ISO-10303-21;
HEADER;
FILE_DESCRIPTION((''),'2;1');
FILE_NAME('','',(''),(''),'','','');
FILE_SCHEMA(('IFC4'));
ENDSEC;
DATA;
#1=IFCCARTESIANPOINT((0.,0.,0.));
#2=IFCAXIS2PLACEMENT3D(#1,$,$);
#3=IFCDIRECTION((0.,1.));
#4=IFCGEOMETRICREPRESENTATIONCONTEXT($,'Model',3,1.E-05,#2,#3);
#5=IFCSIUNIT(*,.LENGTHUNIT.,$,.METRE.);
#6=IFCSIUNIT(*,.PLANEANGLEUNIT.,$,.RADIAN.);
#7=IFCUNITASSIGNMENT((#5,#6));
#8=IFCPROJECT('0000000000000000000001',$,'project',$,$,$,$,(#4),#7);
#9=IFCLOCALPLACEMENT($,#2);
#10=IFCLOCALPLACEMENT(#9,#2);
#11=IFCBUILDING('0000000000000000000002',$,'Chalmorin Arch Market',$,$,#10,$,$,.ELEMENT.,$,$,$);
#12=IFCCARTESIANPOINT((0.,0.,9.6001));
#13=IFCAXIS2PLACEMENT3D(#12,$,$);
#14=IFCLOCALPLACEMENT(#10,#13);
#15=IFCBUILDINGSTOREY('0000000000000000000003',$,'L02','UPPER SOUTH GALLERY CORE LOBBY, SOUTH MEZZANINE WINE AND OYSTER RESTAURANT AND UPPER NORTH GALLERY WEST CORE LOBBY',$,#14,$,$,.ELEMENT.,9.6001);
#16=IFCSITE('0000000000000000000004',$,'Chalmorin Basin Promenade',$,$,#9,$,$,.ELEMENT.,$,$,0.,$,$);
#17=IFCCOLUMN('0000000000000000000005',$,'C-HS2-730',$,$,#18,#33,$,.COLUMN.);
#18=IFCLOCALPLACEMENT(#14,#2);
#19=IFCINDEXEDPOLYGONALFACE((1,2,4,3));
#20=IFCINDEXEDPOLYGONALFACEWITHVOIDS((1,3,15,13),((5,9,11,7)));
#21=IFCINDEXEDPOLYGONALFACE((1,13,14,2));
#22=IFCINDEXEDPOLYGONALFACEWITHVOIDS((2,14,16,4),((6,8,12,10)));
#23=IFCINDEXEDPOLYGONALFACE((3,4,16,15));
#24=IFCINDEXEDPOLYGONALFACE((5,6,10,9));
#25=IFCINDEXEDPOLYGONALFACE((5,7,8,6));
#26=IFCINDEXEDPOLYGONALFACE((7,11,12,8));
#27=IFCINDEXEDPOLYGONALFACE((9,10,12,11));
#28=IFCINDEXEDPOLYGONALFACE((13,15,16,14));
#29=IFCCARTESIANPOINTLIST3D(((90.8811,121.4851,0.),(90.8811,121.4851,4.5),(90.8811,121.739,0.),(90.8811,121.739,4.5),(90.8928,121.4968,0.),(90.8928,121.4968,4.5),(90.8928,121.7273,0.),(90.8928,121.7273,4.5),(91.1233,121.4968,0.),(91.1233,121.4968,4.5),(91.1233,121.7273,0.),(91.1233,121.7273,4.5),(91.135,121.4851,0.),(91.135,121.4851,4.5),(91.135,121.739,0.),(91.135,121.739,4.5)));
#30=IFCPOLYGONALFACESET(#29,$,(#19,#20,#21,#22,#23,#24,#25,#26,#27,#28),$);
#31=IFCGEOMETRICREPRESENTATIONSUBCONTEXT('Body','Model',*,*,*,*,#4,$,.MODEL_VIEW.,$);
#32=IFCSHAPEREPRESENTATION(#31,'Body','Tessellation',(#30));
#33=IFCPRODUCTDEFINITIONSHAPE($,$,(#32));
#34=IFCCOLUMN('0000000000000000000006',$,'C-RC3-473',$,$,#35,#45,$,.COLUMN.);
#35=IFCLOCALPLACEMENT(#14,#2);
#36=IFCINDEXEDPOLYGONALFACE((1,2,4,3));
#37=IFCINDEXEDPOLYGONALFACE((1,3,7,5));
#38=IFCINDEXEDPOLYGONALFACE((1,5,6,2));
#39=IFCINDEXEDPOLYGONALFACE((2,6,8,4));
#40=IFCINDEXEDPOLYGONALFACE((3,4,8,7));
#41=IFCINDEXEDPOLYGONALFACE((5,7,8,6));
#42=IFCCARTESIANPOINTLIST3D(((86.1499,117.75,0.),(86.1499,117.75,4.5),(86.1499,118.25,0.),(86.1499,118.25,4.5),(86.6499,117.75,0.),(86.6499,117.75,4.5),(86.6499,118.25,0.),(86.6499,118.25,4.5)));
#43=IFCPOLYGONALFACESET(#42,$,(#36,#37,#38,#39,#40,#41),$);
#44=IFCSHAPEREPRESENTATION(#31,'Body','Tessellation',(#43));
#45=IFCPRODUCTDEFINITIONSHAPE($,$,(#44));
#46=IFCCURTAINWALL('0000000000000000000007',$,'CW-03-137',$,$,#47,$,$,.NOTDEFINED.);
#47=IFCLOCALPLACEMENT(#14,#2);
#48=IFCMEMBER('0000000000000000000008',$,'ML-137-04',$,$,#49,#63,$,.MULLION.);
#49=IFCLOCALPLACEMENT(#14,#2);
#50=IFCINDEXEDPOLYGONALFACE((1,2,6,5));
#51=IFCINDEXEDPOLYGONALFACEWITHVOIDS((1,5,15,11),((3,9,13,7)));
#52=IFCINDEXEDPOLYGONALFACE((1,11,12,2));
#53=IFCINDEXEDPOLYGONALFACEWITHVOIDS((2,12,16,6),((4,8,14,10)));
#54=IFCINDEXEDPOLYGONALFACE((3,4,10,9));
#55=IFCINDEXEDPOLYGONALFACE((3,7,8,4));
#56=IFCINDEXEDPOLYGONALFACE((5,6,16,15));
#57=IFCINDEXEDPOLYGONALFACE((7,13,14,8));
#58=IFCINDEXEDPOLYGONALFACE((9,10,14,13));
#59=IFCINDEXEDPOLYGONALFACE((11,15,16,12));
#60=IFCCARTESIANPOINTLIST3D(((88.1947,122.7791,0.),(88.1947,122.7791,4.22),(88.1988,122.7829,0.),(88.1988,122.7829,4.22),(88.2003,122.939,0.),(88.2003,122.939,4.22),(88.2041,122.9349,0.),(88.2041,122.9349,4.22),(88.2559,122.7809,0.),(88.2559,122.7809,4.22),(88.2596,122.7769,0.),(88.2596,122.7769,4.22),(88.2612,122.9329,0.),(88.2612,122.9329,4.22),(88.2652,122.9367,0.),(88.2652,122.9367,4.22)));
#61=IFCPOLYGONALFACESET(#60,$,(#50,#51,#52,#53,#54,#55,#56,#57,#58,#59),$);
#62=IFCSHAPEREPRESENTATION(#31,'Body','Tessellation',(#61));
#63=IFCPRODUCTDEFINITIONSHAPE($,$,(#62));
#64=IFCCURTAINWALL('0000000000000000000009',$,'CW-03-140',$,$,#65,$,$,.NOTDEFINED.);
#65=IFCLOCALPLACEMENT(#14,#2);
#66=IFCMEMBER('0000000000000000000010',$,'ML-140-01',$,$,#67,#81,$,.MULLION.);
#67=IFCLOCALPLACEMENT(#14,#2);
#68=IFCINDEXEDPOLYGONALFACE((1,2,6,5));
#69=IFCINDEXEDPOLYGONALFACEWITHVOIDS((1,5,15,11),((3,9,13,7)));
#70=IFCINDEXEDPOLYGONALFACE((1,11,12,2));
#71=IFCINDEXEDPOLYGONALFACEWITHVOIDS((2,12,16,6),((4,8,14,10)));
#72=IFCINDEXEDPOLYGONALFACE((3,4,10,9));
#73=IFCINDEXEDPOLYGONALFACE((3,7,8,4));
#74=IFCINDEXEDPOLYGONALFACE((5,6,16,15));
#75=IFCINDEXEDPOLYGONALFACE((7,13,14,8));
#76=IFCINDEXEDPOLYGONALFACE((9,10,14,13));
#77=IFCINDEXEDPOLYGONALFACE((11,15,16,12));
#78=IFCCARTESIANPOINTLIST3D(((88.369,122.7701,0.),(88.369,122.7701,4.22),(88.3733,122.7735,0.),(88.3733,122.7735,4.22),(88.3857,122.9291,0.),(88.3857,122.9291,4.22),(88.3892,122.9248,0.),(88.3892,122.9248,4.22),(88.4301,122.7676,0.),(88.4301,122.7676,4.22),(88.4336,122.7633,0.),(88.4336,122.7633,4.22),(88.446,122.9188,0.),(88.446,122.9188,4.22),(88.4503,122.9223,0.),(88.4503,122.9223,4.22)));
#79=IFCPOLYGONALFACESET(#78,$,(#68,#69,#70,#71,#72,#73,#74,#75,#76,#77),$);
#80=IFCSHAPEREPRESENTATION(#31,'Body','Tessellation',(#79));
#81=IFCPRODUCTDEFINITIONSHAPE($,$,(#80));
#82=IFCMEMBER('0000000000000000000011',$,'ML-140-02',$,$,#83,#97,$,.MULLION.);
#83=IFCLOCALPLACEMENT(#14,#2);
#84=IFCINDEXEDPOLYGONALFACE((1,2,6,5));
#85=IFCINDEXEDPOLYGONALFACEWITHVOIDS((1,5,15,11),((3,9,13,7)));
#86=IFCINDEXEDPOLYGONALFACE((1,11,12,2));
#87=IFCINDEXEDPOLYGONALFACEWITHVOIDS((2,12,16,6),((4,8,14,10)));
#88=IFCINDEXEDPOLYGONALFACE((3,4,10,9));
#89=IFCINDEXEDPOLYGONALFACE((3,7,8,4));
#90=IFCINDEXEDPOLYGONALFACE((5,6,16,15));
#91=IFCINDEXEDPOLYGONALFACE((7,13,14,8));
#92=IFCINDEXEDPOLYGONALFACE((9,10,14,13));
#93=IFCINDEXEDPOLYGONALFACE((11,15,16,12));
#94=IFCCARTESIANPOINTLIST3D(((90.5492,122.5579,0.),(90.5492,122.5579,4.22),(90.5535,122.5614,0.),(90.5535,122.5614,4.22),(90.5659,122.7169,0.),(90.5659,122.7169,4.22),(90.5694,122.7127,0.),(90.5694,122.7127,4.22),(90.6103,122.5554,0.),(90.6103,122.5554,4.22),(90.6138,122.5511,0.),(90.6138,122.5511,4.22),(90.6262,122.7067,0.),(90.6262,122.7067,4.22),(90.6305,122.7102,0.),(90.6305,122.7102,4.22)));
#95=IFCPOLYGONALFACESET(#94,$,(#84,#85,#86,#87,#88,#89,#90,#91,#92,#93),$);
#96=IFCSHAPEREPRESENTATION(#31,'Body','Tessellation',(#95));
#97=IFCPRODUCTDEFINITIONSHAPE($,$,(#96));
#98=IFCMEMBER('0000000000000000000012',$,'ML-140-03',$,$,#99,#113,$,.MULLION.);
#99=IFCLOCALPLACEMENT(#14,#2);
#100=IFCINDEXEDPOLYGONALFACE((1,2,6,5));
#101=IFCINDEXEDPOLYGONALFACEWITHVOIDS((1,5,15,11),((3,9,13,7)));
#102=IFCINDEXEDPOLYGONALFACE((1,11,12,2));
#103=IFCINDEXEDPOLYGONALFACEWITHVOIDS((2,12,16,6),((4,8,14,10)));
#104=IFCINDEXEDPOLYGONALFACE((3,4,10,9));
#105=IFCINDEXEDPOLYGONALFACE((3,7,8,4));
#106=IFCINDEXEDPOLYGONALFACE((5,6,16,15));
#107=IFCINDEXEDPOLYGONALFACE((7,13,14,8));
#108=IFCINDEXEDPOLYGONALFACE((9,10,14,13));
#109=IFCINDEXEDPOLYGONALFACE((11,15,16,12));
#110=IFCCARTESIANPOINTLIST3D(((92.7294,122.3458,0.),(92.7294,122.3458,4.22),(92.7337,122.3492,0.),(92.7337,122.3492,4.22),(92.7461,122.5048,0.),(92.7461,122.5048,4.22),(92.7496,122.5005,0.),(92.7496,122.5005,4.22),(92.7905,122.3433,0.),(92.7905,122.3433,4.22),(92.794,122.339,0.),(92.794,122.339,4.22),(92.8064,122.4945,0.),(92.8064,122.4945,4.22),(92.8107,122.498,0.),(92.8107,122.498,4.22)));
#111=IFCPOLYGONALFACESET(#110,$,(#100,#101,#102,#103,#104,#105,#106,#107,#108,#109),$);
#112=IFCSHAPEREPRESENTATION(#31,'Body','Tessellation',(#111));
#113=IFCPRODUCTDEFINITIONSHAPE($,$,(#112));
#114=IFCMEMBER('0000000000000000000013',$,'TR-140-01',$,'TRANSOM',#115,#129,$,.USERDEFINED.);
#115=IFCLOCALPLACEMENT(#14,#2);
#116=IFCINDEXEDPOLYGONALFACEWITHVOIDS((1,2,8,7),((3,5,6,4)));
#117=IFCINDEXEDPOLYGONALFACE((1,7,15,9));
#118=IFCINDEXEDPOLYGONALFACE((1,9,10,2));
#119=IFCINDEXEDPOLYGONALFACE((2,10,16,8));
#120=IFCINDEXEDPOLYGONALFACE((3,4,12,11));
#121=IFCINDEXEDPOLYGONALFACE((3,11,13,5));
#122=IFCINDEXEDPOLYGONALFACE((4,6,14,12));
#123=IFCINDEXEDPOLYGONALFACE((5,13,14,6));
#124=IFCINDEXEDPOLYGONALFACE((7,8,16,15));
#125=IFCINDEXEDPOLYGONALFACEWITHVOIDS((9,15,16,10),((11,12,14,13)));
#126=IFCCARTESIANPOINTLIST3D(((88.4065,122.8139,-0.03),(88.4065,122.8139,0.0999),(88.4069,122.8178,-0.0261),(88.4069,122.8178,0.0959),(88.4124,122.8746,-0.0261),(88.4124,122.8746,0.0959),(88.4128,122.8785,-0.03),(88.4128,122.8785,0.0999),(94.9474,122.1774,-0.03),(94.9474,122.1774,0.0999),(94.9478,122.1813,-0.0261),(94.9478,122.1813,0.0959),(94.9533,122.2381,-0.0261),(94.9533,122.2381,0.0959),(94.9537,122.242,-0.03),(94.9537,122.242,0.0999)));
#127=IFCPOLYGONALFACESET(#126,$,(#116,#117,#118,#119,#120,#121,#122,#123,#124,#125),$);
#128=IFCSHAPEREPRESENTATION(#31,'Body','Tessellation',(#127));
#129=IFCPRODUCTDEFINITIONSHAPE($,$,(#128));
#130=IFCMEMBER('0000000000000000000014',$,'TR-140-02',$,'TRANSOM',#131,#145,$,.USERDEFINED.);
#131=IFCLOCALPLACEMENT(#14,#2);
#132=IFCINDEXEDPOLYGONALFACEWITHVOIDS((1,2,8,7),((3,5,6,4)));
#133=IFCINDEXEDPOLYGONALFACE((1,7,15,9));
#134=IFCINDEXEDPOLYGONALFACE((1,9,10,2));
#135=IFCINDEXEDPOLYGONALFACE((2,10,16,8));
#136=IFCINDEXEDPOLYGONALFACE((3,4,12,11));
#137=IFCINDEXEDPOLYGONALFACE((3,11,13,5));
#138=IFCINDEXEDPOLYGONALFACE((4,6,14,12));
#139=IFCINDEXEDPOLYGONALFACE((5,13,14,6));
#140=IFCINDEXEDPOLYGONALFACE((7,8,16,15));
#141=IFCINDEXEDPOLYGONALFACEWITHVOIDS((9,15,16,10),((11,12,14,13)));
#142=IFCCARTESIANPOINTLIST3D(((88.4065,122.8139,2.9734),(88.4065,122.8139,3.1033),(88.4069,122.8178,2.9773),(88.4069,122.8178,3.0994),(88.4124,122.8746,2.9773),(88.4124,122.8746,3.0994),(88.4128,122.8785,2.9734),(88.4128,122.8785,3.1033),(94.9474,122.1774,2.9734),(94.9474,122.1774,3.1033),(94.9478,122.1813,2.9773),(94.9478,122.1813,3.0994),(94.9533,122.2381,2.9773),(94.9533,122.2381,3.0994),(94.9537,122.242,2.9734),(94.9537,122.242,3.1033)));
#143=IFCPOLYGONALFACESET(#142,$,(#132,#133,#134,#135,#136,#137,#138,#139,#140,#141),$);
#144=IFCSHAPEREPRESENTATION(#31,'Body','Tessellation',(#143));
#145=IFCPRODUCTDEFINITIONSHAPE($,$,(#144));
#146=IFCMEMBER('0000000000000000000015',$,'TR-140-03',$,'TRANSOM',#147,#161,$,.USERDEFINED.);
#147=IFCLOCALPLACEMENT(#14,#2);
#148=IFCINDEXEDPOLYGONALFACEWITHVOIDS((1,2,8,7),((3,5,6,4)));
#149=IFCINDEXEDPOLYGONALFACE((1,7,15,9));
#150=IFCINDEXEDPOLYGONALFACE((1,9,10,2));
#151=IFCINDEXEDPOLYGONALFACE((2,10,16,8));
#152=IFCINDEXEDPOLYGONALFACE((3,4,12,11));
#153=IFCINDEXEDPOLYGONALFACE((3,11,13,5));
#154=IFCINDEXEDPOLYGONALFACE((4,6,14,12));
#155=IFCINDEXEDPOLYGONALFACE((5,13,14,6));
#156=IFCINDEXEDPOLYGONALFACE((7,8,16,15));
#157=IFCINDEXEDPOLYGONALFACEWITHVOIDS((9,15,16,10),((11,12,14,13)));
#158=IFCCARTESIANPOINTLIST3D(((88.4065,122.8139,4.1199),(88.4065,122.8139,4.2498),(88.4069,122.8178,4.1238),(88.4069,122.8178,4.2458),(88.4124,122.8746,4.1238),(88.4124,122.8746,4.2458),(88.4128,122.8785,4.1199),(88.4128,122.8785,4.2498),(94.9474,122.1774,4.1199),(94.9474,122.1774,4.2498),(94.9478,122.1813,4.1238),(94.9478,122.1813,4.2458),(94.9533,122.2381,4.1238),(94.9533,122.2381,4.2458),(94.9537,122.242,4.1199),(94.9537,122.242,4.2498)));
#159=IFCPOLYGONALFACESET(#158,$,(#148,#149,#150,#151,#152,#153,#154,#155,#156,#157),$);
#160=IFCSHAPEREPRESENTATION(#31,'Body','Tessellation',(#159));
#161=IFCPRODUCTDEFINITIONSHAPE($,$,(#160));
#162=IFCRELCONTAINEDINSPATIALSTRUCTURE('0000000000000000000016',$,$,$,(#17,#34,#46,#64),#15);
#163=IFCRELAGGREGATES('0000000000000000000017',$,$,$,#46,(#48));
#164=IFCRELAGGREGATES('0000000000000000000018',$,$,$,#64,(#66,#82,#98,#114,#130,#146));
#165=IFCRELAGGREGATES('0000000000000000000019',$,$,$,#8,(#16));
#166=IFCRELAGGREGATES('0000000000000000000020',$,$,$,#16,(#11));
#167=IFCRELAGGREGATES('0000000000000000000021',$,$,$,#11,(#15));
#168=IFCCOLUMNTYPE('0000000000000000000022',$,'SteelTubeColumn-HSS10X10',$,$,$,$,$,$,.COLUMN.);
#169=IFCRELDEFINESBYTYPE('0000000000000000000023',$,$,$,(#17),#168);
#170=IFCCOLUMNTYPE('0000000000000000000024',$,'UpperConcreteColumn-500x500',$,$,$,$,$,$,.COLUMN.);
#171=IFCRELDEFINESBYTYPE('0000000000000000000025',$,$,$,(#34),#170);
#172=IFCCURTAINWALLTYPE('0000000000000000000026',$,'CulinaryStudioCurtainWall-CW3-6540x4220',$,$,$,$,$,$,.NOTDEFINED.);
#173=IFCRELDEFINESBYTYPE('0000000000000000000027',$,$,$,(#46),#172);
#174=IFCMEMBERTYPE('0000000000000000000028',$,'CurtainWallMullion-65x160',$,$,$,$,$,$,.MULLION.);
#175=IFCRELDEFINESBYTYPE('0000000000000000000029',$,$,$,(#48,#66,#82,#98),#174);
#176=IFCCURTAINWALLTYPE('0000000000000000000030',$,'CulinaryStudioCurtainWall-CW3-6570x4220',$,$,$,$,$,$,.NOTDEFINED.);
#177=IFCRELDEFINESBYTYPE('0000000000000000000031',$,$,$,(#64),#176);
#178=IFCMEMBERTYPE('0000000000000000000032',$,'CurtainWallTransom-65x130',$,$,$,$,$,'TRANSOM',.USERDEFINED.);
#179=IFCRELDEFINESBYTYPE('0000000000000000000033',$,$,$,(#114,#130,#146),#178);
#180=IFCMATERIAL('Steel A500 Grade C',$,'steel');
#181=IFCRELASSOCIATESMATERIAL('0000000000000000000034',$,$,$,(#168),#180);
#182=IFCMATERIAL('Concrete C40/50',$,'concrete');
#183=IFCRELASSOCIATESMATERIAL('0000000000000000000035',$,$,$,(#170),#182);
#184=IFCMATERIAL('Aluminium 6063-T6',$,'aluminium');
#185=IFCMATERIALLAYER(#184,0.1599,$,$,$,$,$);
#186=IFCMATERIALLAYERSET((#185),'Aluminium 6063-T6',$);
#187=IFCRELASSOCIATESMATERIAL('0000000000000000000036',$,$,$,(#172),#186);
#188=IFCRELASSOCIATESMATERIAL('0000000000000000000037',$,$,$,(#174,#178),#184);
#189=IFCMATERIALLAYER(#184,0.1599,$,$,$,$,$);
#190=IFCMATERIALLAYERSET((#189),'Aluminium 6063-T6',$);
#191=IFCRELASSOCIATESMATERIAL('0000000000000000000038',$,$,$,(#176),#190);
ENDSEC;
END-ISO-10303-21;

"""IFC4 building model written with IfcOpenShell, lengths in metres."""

from ifc_helpers import new_model, si_unit, direction, frame, origin, origin_2d, place, context, subcontext, project, spatial, rectangle, hollow_rectangle, extrude, material, layer, layer_set, material_profile, profile_set, type_object, element, aggregate, save


model = new_model("IFC4")

# Units and contexts
model_context = context("Model", 3, precision=1e-05, world=origin(), true_north=direction((0.0, 1.0)))
body_context = subcontext(model_context, "Body", "Model", "MODEL_VIEW")
ifc_project = project(units=[si_unit("LENGTHUNIT", "METRE"), si_unit("PLANEANGLEUNIT", "RADIAN")], contexts=[model_context])

# Site, building, storey
site_placement = place(None, origin())
site = spatial("IfcSite", under=ifc_project, at=site_placement, Name="Chalmorin Basin Promenade", CompositionType="ELEMENT", RefElevation=0.0)
building_placement = place(site_placement, origin())
building = spatial("IfcBuilding", under=site, at=building_placement, Name="Chalmorin Arch Market", CompositionType="ELEMENT")
storey_placement = place(building_placement, frame((0.0, 0.0, 9.6001)))
storey = spatial("IfcBuildingStorey", under=building, at=storey_placement, Name="L02", Description="UPPER SOUTH GALLERY CORE LOBBY, SOUTH MEZZANINE WINE AND OYSTER RESTAURANT AND UPPER NORTH GALLERY WEST CORE LOBBY", CompositionType="ELEMENT", Elevation=9.6001)

# Columns
ifc_material_1 = material(Name="Steel A500 Grade C", Category="steel")
ifc_material_profile_1 = material_profile(ifc_material_1, hollow_rectangle(XDim=0.2539, YDim=0.2539, WallThickness=0.0117, at=origin_2d()), Name="HSS10X10X1/2")
ifc_profile_set_1 = profile_set([ifc_material_profile_1], Name="Steel A500 Grade C")
column_type_1 = type_object("IfcColumnType", Name="SteelTubeColumn-HSS10X10", PredefinedType="COLUMN", material=ifc_profile_set_1)
column_1_placement = place(storey_placement, frame((91.0081, 121.6121, 0.0), z_axis=(0.0, 0.0, 1.0), x_axis=(1.0, 0.0, 0.0)))
element("IfcColumn", 1, at=column_1_placement, inside=storey, type_object=column_type_1, Name="C-HS2-730", PredefinedType="COLUMN", context=body_context, shape_type="SweptSolid", body=[
    extrude(hollow_rectangle(XDim=0.2539, YDim=0.2539, WallThickness=0.0117, at=origin_2d()), origin(), (0.0, 0.0, 1.0), 4.5),
])
ifc_material_2 = material(Name="Concrete C40/50", Category="concrete")
ifc_material_profile_2 = material_profile(ifc_material_2, rectangle(XDim=0.5, YDim=0.5, at=origin_2d()), Name="RC500X500")
ifc_profile_set_2 = profile_set([ifc_material_profile_2], Name="Concrete C40/50")
column_type_2 = type_object("IfcColumnType", Name="UpperConcreteColumn-500x500", PredefinedType="COLUMN", material=ifc_profile_set_2)
column_2_placement = place(storey_placement, frame((86.3999, 118.0, 0.0), z_axis=(0.0, 0.0, 1.0), x_axis=(1.0, 0.0, 0.0)))
element("IfcColumn", 2, at=column_2_placement, inside=storey, type_object=column_type_2, Name="C-RC3-473", PredefinedType="COLUMN", context=body_context, shape_type="SweptSolid", body=[
    extrude(rectangle(XDim=0.5, YDim=0.5, at=origin_2d()), origin(), (0.0, 0.0, 1.0), 4.5),
])

# Curtain wall, member
ifc_material_3 = material(Name="Aluminium 6063-T6", Category="aluminium")
ifc_layer_1 = layer(ifc_material_3, 0.1599)
ifc_layer_set_1 = layer_set([ifc_layer_1], Name="Aluminium 6063-T6")
curtain_wall_type_1 = type_object("IfcCurtainWallType", Name="CulinaryStudioCurtainWall-CW3-6540x4220", PredefinedType="NOTDEFINED", material=ifc_layer_set_1)
curtain_wall_1_placement = place(storey_placement, origin())
curtain_wall_1 = element("IfcCurtainWall", 3, at=curtain_wall_1_placement, inside=storey, type_object=curtain_wall_type_1, Name="CW-03-137", PredefinedType="NOTDEFINED")
ifc_material_profile_3 = material_profile(ifc_material_3, hollow_rectangle(XDim=0.0649, YDim=0.1599, WallThickness=0.0039, at=origin_2d()), Name="ALU65X160X4")
ifc_profile_set_3 = profile_set([ifc_material_profile_3], Name="Aluminium 6063-T6")
member_type_1 = type_object("IfcMemberType", Name="CurtainWallMullion-65x160", PredefinedType="MULLION", material=ifc_profile_set_3)
member_1_placement = place(storey_placement, frame((88.23, 122.8579, 0.0), z_axis=(0.0, 0.0, 1.0), x_axis=(0.999391, -0.034899, 0.0)))
member_1 = element("IfcMember", 4, at=member_1_placement, type_object=member_type_1, Name="ML-137-04", PredefinedType="MULLION", context=body_context, shape_type="SweptSolid", body=[
    extrude(hollow_rectangle(XDim=0.0649, YDim=0.1599, WallThickness=0.0039, at=origin_2d()), origin(), (0.0, 0.0, 1.0), 4.22),
])

# Curtain wall, members
ifc_layer_2 = layer(ifc_material_3, 0.1599)
ifc_layer_set_2 = layer_set([ifc_layer_2], Name="Aluminium 6063-T6")
curtain_wall_type_2 = type_object("IfcCurtainWallType", Name="CulinaryStudioCurtainWall-CW3-6570x4220", PredefinedType="NOTDEFINED", material=ifc_layer_set_2)
curtain_wall_2_placement = place(storey_placement, origin())
curtain_wall_2 = element("IfcCurtainWall", 5, at=curtain_wall_2_placement, inside=storey, type_object=curtain_wall_type_2, Name="CW-03-140", PredefinedType="NOTDEFINED")
member_2_placement = place(storey_placement, frame((88.4097, 122.8462, 0.0), z_axis=(0.0, 0.0, 1.0), x_axis=(0.994522, -0.104528, 0.0)))
member_2 = element("IfcMember", 6, at=member_2_placement, type_object=member_type_1, Name="ML-140-01", PredefinedType="MULLION", context=body_context, shape_type="SweptSolid", body=[
    extrude(hollow_rectangle(XDim=0.0649, YDim=0.1599, WallThickness=0.0039, at=origin_2d()), origin(), (0.0, 0.0, 1.0), 4.22),
])
member_3_placement = place(storey_placement, frame((90.5898, 122.634, 0.0), z_axis=(0.0, 0.0, 1.0), x_axis=(0.994522, -0.104528, 0.0)))
member_3 = element("IfcMember", 7, at=member_3_placement, type_object=member_type_1, Name="ML-140-02", PredefinedType="MULLION", context=body_context, shape_type="SweptSolid", body=[
    extrude(hollow_rectangle(XDim=0.0649, YDim=0.1599, WallThickness=0.0039, at=origin_2d()), origin(), (0.0, 0.0, 1.0), 4.22),
])
member_4_placement = place(storey_placement, frame((92.77, 122.4219, 0.0), z_axis=(0.0, 0.0, 1.0), x_axis=(0.994522, -0.104528, 0.0)))
member_4 = element("IfcMember", 8, at=member_4_placement, type_object=member_type_1, Name="ML-140-03", PredefinedType="MULLION", context=body_context, shape_type="SweptSolid", body=[
    extrude(hollow_rectangle(XDim=0.0649, YDim=0.1599, WallThickness=0.0039, at=origin_2d()), origin(), (0.0, 0.0, 1.0), 4.22),
])
ifc_material_profile_4 = material_profile(ifc_material_3, hollow_rectangle(XDim=0.0649, YDim=0.1299, WallThickness=0.0039, at=origin_2d()), Name="ALU65X130X4")
ifc_profile_set_4 = profile_set([ifc_material_profile_4], Name="Aluminium 6063-T6")
member_type_2 = type_object("IfcMemberType", Name="CurtainWallTransom-65x130", ElementType="TRANSOM", PredefinedType="USERDEFINED", material=ifc_profile_set_4)
member_5_placement = place(storey_placement, frame((88.4097, 122.8462, 0.0349), z_axis=(0.995299, -0.096851, 0.0), x_axis=(0.096851, 0.995299, 0.0)))
member_5 = element("IfcMember", 9, at=member_5_placement, type_object=member_type_2, Name="TR-140-01", ObjectType="TRANSOM", PredefinedType="USERDEFINED", context=body_context, shape_type="SweptSolid", body=[
    extrude(hollow_rectangle(XDim=0.0649, YDim=0.1299, WallThickness=0.0039, at=origin_2d()), origin(), (0.0, 0.0, 1.0), 6.5718),
])
member_6_placement = place(storey_placement, frame((88.4097, 122.8462, 3.0383), z_axis=(0.995299, -0.096851, 0.0), x_axis=(0.096851, 0.995299, 0.0)))
member_6 = element("IfcMember", 10, at=member_6_placement, type_object=member_type_2, Name="TR-140-02", ObjectType="TRANSOM", PredefinedType="USERDEFINED", context=body_context, shape_type="SweptSolid", body=[
    extrude(hollow_rectangle(XDim=0.0649, YDim=0.1299, WallThickness=0.0039, at=origin_2d()), origin(), (0.0, 0.0, 1.0), 6.5718),
])
member_7_placement = place(storey_placement, frame((88.4097, 122.8462, 4.1848), z_axis=(0.995299, -0.096851, 0.0), x_axis=(0.096851, 0.995299, 0.0)))
member_7 = element("IfcMember", 11, at=member_7_placement, type_object=member_type_2, Name="TR-140-03", ObjectType="TRANSOM", PredefinedType="USERDEFINED", context=body_context, shape_type="SweptSolid", body=[
    extrude(hollow_rectangle(XDim=0.0649, YDim=0.1299, WallThickness=0.0039, at=origin_2d()), origin(), (0.0, 0.0, 1.0), 6.5718),
])

aggregate(curtain_wall_1, [member_1])
aggregate(curtain_wall_2, [member_2, member_3, member_4, member_5, member_6, member_7])

save(model, "model.ifc")
